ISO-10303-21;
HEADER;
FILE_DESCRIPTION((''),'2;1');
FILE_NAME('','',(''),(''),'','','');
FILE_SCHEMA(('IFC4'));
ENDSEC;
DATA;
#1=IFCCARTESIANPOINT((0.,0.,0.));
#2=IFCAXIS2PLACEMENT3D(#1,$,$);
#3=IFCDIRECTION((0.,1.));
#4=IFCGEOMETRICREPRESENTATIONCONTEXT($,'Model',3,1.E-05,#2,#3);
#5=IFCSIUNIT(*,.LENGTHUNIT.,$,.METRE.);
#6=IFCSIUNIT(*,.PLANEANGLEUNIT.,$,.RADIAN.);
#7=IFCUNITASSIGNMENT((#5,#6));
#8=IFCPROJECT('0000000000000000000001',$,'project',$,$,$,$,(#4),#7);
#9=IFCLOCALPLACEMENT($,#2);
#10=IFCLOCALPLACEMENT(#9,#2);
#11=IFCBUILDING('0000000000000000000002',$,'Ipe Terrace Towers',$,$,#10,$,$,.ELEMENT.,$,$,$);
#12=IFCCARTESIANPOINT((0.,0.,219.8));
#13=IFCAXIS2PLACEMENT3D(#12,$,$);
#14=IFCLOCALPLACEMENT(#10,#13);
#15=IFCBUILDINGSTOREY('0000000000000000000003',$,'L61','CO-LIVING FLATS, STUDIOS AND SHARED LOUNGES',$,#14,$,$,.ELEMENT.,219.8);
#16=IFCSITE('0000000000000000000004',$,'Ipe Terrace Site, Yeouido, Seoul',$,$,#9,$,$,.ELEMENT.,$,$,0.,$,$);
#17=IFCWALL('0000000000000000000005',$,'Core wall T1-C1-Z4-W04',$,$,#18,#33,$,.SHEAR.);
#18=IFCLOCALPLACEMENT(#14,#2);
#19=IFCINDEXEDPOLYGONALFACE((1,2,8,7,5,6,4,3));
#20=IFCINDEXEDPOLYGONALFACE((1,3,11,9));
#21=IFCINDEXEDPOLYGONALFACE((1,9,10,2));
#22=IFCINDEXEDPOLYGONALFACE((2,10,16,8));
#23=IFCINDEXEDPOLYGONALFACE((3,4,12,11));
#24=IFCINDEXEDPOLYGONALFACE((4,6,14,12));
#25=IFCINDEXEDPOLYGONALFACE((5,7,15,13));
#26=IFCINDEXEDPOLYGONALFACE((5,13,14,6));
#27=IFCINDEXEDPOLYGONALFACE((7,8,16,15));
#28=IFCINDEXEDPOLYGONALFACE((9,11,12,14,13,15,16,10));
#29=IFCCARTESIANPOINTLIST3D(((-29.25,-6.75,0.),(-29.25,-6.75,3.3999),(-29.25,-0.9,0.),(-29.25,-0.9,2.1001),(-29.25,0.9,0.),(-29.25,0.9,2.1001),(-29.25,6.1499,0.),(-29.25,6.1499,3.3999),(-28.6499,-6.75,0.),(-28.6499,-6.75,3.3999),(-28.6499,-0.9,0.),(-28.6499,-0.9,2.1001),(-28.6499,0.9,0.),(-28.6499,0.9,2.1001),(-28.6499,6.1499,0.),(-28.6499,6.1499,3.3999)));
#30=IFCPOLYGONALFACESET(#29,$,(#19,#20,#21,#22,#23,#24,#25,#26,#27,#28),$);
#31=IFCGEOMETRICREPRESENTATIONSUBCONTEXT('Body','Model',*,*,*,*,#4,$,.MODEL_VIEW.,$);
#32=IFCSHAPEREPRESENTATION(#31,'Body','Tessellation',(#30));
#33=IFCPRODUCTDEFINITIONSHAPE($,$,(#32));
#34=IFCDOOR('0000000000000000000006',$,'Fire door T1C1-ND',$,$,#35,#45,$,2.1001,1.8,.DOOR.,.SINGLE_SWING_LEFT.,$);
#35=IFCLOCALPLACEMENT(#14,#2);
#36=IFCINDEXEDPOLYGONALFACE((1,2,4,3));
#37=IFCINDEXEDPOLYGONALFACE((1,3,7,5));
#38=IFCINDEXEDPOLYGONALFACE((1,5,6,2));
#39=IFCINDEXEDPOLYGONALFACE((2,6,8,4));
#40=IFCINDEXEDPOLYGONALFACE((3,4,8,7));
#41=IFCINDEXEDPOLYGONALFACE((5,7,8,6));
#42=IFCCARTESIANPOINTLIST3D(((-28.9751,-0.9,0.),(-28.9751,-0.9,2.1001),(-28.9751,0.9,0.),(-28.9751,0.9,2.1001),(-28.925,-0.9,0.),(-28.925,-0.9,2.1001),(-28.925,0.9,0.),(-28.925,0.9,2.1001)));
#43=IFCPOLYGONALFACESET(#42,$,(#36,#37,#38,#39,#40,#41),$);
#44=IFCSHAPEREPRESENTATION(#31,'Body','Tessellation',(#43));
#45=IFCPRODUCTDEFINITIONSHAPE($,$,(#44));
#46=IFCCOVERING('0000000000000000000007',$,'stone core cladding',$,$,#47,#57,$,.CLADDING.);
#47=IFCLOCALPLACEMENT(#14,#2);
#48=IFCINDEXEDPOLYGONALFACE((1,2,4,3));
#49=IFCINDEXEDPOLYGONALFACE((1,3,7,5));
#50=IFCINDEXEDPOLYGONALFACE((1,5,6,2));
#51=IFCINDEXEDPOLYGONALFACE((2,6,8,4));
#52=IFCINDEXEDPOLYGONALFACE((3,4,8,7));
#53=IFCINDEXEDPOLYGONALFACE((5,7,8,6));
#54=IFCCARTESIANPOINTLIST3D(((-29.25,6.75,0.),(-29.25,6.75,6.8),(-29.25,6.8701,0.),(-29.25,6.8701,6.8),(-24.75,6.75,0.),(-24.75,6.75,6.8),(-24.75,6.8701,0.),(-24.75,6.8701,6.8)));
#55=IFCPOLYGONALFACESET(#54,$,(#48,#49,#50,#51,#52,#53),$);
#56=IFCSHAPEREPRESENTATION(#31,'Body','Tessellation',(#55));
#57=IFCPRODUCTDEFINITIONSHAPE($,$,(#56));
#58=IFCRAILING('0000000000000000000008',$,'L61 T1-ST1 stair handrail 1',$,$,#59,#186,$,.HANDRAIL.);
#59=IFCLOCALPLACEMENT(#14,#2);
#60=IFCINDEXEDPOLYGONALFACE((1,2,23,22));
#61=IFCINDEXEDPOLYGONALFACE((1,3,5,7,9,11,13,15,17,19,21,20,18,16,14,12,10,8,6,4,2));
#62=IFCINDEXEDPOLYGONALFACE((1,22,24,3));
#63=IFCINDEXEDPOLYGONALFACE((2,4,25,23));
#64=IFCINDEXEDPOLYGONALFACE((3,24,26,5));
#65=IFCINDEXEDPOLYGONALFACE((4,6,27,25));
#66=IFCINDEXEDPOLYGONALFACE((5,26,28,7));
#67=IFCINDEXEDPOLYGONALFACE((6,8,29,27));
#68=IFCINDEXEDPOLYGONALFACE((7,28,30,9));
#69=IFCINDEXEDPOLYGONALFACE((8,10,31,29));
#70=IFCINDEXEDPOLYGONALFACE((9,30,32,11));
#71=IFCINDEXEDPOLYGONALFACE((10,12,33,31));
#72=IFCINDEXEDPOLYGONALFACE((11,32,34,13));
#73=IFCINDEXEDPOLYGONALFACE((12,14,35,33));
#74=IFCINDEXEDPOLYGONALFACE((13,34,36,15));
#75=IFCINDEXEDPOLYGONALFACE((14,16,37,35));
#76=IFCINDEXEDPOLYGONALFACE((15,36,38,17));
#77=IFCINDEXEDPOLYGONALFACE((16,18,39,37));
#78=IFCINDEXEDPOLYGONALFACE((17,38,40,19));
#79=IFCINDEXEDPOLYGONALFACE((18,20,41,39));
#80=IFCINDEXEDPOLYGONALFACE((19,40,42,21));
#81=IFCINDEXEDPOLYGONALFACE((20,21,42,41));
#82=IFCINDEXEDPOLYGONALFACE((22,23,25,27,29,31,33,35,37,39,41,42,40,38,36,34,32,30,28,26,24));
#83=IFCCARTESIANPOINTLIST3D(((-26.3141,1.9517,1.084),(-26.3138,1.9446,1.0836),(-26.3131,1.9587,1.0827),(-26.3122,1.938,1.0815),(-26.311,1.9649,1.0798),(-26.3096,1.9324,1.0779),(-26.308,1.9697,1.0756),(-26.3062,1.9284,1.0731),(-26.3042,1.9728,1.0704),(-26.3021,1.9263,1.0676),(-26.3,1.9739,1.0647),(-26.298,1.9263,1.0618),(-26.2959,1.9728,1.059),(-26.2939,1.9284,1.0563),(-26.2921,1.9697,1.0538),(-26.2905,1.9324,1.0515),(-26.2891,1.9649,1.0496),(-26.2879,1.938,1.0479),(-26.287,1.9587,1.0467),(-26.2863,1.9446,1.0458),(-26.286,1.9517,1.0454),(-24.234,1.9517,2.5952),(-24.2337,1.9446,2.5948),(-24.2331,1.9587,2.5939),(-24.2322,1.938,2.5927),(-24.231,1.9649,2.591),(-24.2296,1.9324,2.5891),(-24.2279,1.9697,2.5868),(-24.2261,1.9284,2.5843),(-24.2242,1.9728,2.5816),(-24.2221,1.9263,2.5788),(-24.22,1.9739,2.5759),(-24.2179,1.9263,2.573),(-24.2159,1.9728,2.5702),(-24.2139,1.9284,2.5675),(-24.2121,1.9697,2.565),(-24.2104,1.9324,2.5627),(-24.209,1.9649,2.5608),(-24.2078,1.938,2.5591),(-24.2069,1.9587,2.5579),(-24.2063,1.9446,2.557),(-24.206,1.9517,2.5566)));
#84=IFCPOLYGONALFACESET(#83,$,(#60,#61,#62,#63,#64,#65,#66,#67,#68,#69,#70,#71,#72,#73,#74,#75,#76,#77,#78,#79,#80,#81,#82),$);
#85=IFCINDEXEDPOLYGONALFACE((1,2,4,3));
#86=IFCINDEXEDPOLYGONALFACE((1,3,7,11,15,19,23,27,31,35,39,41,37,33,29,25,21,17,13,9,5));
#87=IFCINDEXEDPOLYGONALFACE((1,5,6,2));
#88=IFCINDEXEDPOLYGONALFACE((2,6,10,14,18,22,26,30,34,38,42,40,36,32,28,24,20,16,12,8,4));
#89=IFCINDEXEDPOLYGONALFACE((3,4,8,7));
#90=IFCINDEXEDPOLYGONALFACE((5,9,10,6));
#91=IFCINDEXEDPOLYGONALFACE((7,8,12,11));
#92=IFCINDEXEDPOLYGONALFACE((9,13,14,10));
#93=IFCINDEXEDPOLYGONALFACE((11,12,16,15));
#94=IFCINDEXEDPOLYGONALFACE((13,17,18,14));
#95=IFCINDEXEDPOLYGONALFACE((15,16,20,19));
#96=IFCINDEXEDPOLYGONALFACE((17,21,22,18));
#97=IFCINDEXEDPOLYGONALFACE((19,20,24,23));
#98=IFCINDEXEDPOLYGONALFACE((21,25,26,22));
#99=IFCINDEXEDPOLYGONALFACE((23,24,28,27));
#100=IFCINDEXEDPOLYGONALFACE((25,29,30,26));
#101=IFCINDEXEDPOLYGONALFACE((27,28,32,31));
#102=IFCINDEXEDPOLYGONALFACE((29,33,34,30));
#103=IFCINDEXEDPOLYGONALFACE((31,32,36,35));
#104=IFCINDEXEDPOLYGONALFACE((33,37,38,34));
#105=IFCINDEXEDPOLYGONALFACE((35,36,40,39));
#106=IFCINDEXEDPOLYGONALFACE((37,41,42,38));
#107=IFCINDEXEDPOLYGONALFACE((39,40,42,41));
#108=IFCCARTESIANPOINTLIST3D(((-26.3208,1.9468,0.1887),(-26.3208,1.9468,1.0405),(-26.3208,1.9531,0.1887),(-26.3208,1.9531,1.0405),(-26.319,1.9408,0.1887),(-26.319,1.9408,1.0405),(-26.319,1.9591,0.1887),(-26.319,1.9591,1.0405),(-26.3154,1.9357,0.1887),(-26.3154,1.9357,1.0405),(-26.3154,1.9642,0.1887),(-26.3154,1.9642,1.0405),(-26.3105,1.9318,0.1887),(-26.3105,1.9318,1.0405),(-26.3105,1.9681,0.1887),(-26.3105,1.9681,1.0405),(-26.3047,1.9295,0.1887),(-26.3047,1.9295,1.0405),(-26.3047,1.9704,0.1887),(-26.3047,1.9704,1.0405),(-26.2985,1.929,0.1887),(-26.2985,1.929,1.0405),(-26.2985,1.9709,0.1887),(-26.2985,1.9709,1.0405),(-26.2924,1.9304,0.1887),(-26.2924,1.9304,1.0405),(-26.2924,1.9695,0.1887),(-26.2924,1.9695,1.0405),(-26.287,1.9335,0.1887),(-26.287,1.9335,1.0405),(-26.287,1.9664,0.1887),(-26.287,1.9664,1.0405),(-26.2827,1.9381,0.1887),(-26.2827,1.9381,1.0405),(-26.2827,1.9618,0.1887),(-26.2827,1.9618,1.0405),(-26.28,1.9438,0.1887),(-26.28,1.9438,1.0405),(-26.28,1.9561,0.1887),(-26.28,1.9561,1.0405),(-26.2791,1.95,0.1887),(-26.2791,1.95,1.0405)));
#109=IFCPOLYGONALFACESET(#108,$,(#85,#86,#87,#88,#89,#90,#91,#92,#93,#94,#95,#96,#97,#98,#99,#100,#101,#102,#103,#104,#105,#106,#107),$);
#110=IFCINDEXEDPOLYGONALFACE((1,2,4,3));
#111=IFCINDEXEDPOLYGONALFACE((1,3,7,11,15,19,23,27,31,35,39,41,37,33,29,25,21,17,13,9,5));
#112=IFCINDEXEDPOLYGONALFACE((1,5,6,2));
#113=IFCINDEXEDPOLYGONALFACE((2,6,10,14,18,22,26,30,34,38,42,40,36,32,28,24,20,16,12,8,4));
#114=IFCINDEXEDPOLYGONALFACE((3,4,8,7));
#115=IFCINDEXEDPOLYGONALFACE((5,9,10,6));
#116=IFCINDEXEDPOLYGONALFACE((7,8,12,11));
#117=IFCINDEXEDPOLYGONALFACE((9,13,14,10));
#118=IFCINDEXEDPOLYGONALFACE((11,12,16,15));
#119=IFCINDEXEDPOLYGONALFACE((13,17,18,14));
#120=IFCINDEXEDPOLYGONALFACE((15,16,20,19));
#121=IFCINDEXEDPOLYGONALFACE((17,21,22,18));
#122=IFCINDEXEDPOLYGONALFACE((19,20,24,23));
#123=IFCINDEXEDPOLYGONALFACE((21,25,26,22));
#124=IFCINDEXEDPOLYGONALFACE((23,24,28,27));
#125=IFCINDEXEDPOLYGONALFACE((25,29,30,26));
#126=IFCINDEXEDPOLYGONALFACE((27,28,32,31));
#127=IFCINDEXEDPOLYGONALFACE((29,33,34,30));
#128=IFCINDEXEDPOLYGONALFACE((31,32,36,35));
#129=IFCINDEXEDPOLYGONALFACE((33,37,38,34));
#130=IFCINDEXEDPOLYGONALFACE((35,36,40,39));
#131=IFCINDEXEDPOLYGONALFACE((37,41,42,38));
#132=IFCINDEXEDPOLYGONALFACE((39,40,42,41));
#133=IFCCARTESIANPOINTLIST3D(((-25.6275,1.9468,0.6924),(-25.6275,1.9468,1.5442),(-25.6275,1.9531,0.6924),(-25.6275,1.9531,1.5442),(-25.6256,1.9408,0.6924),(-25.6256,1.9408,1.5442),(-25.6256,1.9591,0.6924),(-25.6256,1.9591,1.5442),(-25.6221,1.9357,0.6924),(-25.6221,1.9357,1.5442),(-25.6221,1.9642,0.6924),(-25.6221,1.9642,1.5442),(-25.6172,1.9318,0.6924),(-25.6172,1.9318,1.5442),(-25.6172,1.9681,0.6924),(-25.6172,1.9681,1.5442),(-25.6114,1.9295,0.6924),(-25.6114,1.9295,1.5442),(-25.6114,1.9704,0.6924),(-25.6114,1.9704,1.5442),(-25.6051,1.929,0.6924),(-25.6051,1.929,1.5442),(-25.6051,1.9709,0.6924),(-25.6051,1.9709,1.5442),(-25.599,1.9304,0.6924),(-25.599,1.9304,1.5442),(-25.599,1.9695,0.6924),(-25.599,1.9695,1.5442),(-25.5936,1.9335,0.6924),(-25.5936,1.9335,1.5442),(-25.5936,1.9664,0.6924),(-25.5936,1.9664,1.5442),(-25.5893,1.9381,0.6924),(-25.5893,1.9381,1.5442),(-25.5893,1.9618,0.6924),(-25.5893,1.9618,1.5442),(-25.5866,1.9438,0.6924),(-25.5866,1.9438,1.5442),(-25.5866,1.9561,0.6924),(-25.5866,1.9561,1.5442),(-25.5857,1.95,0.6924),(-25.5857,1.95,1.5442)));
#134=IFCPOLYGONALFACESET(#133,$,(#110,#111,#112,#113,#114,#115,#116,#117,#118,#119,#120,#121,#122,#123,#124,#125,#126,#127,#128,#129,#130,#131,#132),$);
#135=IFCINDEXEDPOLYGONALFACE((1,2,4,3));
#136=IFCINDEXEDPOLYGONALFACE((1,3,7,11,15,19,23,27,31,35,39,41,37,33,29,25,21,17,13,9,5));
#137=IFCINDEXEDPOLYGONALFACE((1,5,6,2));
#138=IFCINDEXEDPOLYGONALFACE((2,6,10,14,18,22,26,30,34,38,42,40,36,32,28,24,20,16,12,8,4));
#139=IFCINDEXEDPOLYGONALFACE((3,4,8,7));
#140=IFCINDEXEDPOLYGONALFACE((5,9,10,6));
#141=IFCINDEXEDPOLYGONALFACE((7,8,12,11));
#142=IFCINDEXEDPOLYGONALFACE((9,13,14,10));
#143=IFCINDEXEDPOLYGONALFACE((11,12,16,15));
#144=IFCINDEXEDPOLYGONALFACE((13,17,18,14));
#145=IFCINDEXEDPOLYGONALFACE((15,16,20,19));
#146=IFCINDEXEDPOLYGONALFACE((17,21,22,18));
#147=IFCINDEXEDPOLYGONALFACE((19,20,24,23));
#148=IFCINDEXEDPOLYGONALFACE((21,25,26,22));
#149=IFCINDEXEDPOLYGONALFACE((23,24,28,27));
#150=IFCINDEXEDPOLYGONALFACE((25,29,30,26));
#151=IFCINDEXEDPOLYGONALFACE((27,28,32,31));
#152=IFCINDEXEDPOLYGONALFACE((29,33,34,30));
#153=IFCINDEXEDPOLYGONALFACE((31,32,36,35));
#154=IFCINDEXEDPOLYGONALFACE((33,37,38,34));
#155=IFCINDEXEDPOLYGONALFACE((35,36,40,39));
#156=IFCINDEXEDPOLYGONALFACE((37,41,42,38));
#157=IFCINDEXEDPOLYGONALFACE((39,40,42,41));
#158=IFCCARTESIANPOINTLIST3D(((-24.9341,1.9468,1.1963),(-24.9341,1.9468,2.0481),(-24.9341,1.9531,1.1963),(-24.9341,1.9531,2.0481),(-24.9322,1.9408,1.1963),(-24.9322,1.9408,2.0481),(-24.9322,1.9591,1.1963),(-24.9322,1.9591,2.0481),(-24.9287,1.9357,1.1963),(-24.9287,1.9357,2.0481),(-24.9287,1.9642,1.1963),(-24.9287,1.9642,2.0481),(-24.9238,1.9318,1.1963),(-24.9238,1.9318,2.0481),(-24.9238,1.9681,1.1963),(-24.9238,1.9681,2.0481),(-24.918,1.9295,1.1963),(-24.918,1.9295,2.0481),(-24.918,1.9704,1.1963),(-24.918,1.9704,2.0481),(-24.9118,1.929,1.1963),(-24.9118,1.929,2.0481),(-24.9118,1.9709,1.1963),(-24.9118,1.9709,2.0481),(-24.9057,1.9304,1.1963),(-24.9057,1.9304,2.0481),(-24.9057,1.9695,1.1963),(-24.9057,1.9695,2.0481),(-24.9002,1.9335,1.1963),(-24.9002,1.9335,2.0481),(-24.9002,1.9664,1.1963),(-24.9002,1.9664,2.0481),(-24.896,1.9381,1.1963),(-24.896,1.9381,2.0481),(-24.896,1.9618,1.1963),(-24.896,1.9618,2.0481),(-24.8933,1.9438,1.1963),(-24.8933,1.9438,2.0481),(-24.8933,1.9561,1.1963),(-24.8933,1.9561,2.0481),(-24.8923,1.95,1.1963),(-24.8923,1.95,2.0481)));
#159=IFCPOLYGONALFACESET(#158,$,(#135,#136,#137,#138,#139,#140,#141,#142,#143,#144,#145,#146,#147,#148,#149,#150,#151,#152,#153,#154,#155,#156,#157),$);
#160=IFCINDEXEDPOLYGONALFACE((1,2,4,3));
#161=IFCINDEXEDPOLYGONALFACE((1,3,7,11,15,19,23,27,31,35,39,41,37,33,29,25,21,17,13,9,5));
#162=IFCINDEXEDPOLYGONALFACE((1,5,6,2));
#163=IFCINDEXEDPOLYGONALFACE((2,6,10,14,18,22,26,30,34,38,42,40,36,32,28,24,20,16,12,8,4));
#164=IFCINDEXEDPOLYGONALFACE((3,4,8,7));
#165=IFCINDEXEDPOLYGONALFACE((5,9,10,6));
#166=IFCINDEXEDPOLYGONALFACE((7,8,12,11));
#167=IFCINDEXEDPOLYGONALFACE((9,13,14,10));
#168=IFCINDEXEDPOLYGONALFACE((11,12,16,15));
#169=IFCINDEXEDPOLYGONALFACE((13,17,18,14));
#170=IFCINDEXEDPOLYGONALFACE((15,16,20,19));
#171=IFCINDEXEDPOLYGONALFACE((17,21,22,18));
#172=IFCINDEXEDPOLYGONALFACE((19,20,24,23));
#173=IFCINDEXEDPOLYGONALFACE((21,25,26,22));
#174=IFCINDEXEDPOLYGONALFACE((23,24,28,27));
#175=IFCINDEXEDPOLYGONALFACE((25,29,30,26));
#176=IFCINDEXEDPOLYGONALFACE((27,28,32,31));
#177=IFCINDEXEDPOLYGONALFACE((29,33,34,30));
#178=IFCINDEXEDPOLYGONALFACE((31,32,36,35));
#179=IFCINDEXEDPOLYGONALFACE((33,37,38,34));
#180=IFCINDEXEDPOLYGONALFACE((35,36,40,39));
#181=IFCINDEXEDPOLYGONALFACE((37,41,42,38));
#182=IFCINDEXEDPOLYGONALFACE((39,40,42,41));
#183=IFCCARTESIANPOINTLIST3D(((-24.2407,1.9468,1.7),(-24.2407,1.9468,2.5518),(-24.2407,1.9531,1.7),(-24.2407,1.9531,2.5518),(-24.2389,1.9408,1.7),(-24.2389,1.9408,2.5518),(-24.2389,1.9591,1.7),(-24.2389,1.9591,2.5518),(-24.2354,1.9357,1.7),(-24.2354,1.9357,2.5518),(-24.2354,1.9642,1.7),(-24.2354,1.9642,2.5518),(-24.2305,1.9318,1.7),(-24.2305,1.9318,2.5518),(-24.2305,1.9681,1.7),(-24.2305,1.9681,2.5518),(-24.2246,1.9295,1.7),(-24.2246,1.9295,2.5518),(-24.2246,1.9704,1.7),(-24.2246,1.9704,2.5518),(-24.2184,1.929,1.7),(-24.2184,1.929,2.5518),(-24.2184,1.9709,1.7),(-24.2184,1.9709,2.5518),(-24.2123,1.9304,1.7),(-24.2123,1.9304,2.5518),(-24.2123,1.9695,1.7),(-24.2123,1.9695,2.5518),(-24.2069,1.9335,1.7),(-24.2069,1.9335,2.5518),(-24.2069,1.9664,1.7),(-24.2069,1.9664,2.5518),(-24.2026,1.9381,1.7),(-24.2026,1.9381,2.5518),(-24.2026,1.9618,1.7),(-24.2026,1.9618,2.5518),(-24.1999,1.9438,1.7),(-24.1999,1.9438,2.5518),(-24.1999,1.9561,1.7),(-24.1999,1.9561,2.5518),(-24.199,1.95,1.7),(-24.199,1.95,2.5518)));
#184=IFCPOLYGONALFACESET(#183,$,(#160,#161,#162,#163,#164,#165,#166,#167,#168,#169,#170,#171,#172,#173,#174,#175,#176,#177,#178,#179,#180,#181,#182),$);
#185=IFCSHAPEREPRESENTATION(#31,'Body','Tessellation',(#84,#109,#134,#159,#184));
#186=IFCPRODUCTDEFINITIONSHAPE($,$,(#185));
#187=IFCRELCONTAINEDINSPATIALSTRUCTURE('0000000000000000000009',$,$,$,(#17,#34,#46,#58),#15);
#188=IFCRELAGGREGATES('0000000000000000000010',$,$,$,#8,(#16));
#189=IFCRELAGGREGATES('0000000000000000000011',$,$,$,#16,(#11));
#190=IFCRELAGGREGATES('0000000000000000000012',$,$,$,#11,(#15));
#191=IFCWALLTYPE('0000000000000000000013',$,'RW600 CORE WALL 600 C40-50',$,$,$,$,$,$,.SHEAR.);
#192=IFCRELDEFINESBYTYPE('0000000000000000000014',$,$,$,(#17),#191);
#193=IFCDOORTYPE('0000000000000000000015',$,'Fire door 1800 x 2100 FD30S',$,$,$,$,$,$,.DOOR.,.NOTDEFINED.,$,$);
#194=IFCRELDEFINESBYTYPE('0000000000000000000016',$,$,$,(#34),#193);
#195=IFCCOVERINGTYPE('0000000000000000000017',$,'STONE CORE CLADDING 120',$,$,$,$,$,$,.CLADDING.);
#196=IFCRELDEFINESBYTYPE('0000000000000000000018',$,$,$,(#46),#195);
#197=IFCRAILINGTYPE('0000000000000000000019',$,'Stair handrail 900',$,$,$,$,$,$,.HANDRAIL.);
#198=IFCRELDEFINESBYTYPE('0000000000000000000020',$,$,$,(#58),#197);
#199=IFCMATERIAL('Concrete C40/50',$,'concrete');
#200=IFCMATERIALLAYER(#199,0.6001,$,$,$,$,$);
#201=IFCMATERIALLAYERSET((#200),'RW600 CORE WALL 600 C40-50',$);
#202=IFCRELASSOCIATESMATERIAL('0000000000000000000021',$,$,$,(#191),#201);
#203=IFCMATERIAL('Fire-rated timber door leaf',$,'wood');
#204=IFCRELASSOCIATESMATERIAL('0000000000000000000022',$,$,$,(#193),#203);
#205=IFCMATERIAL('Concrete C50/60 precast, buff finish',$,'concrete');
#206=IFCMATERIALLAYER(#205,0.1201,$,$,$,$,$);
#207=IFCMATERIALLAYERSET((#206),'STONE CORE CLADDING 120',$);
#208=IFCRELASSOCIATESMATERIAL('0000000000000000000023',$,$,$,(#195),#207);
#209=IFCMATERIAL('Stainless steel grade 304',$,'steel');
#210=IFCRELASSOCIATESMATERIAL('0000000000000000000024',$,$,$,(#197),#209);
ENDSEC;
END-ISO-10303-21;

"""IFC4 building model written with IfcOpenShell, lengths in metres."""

from ifc_helpers import new_model, si_unit, direction, frame, frame_2d, origin, origin_2d, place, context, subcontext, project, spatial, rectangle, circle, extrude, material, layer, layer_set, type_object, element, fill, save


model = new_model("IFC4")

# Units and contexts
model_context = context("Model", 3, precision=1e-05, world=origin(), true_north=direction((0.0, 1.0)))
body_context = subcontext(model_context, "Body", "Model", "MODEL_VIEW")
ifc_project = project(units=[si_unit("LENGTHUNIT", "METRE"), si_unit("PLANEANGLEUNIT", "RADIAN")], contexts=[model_context])

# Site, building, storey
site_placement = place(None, origin())
site = spatial("IfcSite", under=ifc_project, at=site_placement, Name="Ipe Terrace Site, Yeouido, Seoul", CompositionType="ELEMENT", RefElevation=0.0)
building_placement = place(site_placement, origin())
building = spatial("IfcBuilding", under=site, at=building_placement, Name="Ipe Terrace Towers", CompositionType="ELEMENT")
storey_placement = place(building_placement, frame((0.0, 0.0, 219.8)))
storey = spatial("IfcBuildingStorey", under=building, at=storey_placement, Name="L61", Description="CO-LIVING FLATS, STUDIOS AND SHARED LOUNGES", CompositionType="ELEMENT", Elevation=219.8)

# Wall, opening, door
ifc_material_1 = material(Name="Concrete C40/50", Category="concrete")
ifc_layer_1 = layer(ifc_material_1, 0.6001)
ifc_layer_set_1 = layer_set([ifc_layer_1], Name="RW600 CORE WALL 600 C40-50")
wall_type_1 = type_object("IfcWallType", Name="RW600 CORE WALL 600 C40-50", PredefinedType="SHEAR", material=ifc_layer_set_1)
wall_1_placement = place(storey_placement, frame((-28.95, 6.1499, 0.0), z_axis=(0.0, 0.0, 1.0), x_axis=(0.0, -1.0, 0.0)))
wall_1 = element("IfcWall", 1, at=wall_1_placement, inside=storey, type_object=wall_type_1, Name="Core wall T1-C1-Z4-W04", PredefinedType="SHEAR", context=body_context, shape_type="SweptSolid", body=[
    extrude(rectangle(XDim=12.8999, YDim=0.6001, at=frame_2d((6.45, 0.0))), origin(), (0.0, 0.0, 1.0), 3.3999),
])
opening_1_placement = place(wall_1_placement, frame((5.25, 0.0, 0.0)))
opening_1 = element("IfcOpeningElement", 2, at=opening_1_placement, cuts=wall_1, PredefinedType="OPENING", context=body_context, shape_type="SweptSolid", body=[
    extrude(rectangle(XDim=1.8, YDim=2.1001, at=frame_2d((0.8999, 1.05))), frame((0.0, 0.3101, 0.0), z_axis=(0.0, -1.0, 0.0), x_axis=(1.0, 0.0, 0.0)), (0.0, 0.0, 1.0), 0.6201),
])
ifc_material_2 = material(Name="Fire-rated timber door leaf", Category="wood")
door_type_1 = type_object("IfcDoorType", Name="Fire door 1800 x 2100 FD30S", OperationType="NOTDEFINED", PredefinedType="DOOR", material=ifc_material_2)
door_1_placement = place(opening_1_placement, origin())
door_1 = element("IfcDoor", 3, at=door_1_placement, inside=storey, type_object=door_type_1, Name="Fire door T1C1-ND", OperationType="SINGLE_SWING_LEFT", OverallHeight=2.1001, OverallWidth=1.8, PredefinedType="DOOR", context=body_context, shape_type="SweptSolid", body=[
    extrude(rectangle(XDim=1.8, YDim=2.1001, at=frame_2d((0.8999, 1.05))), frame((0.0, 0.0249, 0.0), z_axis=(0.0, -1.0, 0.0), x_axis=(1.0, 0.0, 0.0)), (0.0, 0.0, 1.0), 0.05),
])
fill(opening_1, door_1)

# Covering
ifc_material_3 = material(Name="Concrete C50/60 precast, buff finish", Category="concrete")
ifc_layer_2 = layer(ifc_material_3, 0.1201)
ifc_layer_set_2 = layer_set([ifc_layer_2], Name="STONE CORE CLADDING 120")
covering_type = type_object("IfcCoveringType", Name="STONE CORE CLADDING 120", PredefinedType="CLADDING", material=ifc_layer_set_2)
covering_placement = place(storey_placement, frame((-27.0, 6.8101, 0.0), z_axis=(0.0, 0.0, 1.0), x_axis=(-1.0, 0.0, 0.0)))
element("IfcCovering", 4, at=covering_placement, inside=storey, type_object=covering_type, Name="stone core cladding", PredefinedType="CLADDING", context=body_context, shape_type="SweptSolid", body=[
    extrude(rectangle(XDim=4.5, YDim=0.1201, at=origin_2d()), origin(), (0.0, 0.0, 1.0), 6.8),
])

# Railing
ifc_material_4 = material(Name="Stainless steel grade 304", Category="steel")
railing_type_1 = type_object("IfcRailingType", Name="Stair handrail 900", PredefinedType="HANDRAIL", material=ifc_material_4)
railing_1_placement = place(storey_placement, frame((-26.3, 1.95, 0.1887)))
element("IfcRailing", 5, at=railing_1_placement, inside=storey, type_object=railing_type_1, Name="L61 T1-ST1 stair handrail 1", PredefinedType="HANDRAIL", context=body_context, shape_type="SweptSolid", body=[
    extrude(circle(Radius=0.0239, at=origin_2d()), frame((0.0, 0.0, 0.876), z_axis=(0.809023, 0.0, 0.587776), x_axis=(0.0, 1.0, 0.0)), (0.0, 0.0, 1.0), 2.571),
    extrude(circle(Radius=0.021, at=origin_2d()), origin(), (0.0, 0.0, 1.0), 0.8518),
    extrude(circle(Radius=0.021, at=origin_2d()), frame((0.6934, 0.0, 0.5037)), (0.0, 0.0, 1.0), 0.8518),
    extrude(circle(Radius=0.021, at=origin_2d()), frame((1.3867, 0.0, 1.0076)), (0.0, 0.0, 1.0), 0.8518),
    extrude(circle(Radius=0.021, at=origin_2d()), frame((2.0801, 0.0, 1.5112)), (0.0, 0.0, 1.0), 0.8518),
])

save(model, "model.ifc")
